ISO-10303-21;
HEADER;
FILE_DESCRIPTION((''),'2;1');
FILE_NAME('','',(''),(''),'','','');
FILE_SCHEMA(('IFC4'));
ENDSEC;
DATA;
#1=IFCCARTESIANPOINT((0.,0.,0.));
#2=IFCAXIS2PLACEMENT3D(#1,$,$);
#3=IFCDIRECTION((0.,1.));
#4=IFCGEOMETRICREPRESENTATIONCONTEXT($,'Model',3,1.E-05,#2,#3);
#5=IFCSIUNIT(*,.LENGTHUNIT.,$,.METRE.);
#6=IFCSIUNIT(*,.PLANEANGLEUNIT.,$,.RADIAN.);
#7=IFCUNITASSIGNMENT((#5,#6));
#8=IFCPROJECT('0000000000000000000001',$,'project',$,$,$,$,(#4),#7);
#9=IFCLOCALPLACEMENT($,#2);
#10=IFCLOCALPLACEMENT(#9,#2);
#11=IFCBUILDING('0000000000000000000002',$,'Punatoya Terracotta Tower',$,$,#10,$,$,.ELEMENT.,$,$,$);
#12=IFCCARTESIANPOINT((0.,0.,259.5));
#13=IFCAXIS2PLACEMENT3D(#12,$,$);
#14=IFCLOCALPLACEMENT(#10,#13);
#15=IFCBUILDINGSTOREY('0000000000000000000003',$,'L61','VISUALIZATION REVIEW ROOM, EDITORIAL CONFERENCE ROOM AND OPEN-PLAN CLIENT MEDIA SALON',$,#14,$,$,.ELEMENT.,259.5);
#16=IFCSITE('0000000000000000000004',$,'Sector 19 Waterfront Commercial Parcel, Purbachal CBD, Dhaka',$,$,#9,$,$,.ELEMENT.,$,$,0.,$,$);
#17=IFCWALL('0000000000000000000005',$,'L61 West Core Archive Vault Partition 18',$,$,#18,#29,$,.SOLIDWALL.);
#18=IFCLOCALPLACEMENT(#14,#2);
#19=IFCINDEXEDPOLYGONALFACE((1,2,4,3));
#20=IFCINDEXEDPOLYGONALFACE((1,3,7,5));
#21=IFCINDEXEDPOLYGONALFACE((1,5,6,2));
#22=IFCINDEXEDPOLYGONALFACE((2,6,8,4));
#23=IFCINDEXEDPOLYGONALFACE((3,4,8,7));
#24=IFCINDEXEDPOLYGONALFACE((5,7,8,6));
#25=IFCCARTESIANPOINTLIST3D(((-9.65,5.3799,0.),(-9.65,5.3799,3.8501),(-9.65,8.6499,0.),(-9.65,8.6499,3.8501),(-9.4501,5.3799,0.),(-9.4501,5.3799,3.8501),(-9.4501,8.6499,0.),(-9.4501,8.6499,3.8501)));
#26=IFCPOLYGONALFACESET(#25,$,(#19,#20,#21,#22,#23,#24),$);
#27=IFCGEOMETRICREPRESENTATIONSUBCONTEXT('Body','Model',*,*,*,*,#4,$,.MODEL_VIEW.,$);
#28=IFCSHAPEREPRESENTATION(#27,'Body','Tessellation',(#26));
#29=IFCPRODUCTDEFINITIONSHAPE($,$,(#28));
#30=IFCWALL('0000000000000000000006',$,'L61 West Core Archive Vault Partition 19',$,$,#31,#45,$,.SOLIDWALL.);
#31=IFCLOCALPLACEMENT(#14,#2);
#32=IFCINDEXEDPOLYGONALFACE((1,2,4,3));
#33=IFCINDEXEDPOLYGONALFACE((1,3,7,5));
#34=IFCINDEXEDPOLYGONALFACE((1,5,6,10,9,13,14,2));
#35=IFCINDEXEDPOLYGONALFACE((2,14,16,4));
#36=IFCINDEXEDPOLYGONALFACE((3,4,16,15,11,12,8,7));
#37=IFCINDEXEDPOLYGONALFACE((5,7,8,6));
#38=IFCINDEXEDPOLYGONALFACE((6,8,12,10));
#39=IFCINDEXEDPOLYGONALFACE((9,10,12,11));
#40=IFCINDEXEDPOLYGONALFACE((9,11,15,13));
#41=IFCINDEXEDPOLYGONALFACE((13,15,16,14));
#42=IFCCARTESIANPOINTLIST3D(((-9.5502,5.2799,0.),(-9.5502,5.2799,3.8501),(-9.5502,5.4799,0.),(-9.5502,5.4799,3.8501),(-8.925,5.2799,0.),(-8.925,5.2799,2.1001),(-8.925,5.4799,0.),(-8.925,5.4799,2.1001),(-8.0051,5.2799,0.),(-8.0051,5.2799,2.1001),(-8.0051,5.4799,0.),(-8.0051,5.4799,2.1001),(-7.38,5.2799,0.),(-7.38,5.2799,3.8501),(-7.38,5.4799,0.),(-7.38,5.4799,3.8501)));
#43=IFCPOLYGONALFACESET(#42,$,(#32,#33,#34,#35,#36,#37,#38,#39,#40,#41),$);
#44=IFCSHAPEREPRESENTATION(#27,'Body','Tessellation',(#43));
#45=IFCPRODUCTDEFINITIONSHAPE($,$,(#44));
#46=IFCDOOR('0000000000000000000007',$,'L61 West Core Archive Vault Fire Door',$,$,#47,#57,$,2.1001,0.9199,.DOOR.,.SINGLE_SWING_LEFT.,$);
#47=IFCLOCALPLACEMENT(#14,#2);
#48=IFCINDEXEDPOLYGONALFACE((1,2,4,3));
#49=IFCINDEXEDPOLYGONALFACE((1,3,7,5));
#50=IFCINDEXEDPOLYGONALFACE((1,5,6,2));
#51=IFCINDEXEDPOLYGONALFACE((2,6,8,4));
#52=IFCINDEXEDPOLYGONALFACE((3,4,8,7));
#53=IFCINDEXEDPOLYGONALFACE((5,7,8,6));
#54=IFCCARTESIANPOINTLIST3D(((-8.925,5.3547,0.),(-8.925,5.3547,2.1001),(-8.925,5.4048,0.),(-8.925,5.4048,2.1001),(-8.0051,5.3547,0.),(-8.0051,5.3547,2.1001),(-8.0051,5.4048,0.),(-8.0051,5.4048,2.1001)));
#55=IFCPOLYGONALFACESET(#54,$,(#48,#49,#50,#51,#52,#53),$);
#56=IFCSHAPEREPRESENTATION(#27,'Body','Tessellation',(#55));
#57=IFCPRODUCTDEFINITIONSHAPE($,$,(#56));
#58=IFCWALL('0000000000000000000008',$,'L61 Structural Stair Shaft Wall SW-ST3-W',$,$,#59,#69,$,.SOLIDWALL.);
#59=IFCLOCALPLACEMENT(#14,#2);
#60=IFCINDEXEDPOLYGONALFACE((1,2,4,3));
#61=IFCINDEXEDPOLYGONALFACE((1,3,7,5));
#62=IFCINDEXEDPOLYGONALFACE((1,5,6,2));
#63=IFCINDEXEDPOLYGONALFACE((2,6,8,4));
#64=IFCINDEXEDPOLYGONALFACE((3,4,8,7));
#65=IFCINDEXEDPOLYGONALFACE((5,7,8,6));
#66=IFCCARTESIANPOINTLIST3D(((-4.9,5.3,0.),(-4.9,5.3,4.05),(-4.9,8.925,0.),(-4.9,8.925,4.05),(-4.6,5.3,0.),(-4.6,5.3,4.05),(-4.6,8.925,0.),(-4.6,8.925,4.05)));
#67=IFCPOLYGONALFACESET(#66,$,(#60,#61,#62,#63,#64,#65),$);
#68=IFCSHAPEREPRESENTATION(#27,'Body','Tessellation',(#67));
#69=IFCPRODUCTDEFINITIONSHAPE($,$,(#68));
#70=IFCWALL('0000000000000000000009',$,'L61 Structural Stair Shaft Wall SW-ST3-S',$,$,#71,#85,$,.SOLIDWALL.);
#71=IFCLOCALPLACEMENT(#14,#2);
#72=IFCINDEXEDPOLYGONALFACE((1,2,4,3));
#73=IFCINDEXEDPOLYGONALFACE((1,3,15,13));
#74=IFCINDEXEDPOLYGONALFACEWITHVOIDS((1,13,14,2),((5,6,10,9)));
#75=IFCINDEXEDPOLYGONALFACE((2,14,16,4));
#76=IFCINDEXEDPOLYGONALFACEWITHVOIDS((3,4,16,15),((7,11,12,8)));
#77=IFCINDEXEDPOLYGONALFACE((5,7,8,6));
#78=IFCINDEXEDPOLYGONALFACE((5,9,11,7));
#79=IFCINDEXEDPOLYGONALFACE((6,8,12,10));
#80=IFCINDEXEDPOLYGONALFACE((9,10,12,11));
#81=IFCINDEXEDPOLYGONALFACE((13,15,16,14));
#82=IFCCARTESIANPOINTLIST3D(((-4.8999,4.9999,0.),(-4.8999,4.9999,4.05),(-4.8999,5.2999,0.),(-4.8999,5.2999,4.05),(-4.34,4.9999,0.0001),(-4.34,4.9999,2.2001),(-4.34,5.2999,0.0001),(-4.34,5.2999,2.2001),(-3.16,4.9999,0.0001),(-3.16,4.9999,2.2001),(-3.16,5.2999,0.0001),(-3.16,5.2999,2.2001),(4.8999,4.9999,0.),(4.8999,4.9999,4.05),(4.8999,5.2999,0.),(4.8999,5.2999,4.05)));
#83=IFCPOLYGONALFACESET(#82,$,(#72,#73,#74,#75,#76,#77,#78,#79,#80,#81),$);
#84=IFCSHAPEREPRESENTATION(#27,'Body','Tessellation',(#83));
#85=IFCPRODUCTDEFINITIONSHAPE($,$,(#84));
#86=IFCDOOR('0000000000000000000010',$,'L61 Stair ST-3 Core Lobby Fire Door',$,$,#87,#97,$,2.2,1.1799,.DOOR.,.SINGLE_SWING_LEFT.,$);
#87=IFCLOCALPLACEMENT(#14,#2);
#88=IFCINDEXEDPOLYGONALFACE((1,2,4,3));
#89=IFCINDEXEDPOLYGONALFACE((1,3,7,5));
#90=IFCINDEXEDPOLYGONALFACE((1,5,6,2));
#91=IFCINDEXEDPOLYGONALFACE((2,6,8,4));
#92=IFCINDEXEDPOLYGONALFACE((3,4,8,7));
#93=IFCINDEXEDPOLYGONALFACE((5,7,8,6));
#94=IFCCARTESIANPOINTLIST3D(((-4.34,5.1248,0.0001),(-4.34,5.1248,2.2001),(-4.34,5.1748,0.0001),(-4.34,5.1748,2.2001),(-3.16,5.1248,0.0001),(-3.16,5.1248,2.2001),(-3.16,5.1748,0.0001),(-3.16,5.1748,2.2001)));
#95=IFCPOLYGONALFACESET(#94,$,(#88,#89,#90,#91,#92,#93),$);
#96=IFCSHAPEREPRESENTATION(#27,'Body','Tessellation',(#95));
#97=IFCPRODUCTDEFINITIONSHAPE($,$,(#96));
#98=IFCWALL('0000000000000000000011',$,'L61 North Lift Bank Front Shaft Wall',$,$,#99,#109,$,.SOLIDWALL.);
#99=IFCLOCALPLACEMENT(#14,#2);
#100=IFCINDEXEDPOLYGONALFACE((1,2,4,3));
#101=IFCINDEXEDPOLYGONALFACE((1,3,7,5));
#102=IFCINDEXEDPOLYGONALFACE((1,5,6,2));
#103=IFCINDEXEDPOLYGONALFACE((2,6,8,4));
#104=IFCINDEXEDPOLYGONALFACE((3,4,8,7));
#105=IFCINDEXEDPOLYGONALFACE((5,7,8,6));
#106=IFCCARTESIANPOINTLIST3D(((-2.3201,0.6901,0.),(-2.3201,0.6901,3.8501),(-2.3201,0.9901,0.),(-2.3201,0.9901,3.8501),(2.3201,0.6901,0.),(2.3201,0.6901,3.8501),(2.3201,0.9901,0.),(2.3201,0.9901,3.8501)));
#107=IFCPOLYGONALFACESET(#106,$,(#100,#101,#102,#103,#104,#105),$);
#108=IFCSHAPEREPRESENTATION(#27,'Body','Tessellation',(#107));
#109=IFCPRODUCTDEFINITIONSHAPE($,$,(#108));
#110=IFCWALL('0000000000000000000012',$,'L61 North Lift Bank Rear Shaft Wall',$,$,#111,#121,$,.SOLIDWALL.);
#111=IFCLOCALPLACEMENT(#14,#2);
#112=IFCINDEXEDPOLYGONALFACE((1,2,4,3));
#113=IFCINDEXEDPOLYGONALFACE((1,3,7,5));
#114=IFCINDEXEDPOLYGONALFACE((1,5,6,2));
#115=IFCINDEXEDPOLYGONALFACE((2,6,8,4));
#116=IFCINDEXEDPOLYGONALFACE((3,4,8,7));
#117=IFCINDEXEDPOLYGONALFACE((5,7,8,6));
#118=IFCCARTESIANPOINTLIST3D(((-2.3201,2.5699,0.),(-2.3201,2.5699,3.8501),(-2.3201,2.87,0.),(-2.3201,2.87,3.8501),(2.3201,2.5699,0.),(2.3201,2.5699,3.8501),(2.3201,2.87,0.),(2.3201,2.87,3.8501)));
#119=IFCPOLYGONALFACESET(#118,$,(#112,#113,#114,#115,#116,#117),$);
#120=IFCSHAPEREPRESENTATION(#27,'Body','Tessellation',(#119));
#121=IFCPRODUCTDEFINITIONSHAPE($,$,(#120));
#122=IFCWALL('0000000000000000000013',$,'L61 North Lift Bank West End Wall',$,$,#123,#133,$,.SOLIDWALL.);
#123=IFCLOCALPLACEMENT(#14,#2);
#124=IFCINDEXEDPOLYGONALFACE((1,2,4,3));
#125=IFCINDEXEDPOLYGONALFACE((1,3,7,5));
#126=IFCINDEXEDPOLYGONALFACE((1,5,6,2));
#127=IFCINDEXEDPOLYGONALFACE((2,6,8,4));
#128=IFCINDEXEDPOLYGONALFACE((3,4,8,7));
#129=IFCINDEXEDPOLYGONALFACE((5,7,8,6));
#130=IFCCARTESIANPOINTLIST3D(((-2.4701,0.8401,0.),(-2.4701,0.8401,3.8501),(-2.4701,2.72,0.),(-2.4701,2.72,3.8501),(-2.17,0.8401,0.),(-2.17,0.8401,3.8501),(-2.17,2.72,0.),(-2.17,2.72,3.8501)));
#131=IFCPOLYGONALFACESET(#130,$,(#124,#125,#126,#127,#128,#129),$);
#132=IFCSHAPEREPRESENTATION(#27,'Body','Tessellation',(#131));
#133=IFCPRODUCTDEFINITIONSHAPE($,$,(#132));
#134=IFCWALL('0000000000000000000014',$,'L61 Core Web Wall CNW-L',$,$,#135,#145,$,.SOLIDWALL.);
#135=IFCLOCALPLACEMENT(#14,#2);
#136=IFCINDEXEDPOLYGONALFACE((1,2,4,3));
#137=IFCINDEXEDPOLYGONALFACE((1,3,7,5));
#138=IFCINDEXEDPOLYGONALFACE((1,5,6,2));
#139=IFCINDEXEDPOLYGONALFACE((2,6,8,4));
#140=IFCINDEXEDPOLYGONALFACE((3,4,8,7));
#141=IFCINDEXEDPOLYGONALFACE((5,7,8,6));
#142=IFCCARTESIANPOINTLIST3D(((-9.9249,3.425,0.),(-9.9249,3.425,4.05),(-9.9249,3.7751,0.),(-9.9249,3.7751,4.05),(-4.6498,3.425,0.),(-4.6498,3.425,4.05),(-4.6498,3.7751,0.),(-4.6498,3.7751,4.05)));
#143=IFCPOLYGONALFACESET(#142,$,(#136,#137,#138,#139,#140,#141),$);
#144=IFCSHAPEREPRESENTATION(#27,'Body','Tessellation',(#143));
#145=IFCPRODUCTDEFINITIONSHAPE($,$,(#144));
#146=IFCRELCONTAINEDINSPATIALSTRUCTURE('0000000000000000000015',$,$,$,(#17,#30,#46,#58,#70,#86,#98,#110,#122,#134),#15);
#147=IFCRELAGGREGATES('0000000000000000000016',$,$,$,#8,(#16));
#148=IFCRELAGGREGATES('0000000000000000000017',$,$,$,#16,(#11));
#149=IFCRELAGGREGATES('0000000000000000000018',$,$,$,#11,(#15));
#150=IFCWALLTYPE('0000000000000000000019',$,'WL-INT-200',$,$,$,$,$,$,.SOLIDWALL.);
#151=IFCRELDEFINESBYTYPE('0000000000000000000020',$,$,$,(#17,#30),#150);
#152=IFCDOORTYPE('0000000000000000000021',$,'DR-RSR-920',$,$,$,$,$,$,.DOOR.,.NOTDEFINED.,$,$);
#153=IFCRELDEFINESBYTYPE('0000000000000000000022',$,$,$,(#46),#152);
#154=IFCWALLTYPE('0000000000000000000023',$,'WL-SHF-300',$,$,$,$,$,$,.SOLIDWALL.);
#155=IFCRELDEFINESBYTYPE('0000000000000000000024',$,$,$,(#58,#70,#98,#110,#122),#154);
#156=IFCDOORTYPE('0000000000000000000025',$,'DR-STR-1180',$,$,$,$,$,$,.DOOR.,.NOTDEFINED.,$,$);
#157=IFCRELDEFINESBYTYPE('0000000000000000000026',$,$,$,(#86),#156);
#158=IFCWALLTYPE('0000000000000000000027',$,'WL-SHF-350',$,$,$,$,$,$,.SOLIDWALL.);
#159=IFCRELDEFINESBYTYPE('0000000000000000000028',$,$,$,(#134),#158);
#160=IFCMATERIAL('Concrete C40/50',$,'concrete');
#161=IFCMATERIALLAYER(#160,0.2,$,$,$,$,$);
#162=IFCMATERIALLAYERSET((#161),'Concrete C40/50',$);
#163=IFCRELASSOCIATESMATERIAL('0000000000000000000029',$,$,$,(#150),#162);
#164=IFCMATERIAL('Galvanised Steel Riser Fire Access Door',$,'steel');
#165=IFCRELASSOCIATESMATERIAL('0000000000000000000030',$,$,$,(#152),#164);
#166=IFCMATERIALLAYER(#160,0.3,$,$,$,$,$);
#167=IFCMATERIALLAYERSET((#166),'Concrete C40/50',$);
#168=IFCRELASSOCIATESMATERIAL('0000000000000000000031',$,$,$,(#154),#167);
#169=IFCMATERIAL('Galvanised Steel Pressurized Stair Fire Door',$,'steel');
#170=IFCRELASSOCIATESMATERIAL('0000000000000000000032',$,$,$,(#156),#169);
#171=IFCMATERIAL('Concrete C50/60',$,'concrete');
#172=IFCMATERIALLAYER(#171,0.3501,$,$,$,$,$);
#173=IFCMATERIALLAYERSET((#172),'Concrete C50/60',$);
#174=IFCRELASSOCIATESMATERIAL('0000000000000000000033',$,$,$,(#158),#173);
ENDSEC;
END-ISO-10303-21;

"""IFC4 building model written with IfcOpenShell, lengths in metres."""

from ifc_helpers import new_model, si_unit, direction, frame, frame_2d, origin, place, context, subcontext, project, spatial, rectangle, extrude, material, layer, layer_set, type_object, element, fill, save


model = new_model("IFC4")

# Units and contexts
model_context = context("Model", 3, precision=1e-05, world=origin(), true_north=direction((0.0, 1.0)))
body_context = subcontext(model_context, "Body", "Model", "MODEL_VIEW")
ifc_project = project(units=[si_unit("LENGTHUNIT", "METRE"), si_unit("PLANEANGLEUNIT", "RADIAN")], contexts=[model_context])

# Site, building, storey
site_placement = place(None, origin())
site = spatial("IfcSite", under=ifc_project, at=site_placement, Name="Sector 19 Waterfront Commercial Parcel, Purbachal CBD, Dhaka", CompositionType="ELEMENT", RefElevation=0.0)
building_placement = place(site_placement, origin())
building = spatial("IfcBuilding", under=site, at=building_placement, Name="Punatoya Terracotta Tower", CompositionType="ELEMENT")
storey_placement = place(building_placement, frame((0.0, 0.0, 259.5)))
storey = spatial("IfcBuildingStorey", under=building, at=storey_placement, Name="L61", Description="VISUALIZATION REVIEW ROOM, EDITORIAL CONFERENCE ROOM AND OPEN-PLAN CLIENT MEDIA SALON", CompositionType="ELEMENT", Elevation=259.5)

# Shared definitions
ifc_material_1 = material(Name="Concrete C50/60", Category="concrete")

# Shared definitions
ifc_material_2 = material(Name="Concrete C40/50", Category="concrete")

# Wall
ifc_layer_1 = layer(ifc_material_2, 0.2)
ifc_layer_set_1 = layer_set([ifc_layer_1], Name="Concrete C40/50")
wall_type_1 = type_object("IfcWallType", Name="WL-INT-200", PredefinedType="SOLIDWALL", material=ifc_layer_set_1)
wall_1_placement = place(storey_placement, frame((-9.55, 8.6499, 0.0), z_axis=(0.0, 0.0, 1.0), x_axis=(0.0, -1.0, 0.0)))
element("IfcWall", 1, at=wall_1_placement, inside=storey, type_object=wall_type_1, Name="L61 West Core Archive Vault Partition 18", PredefinedType="SOLIDWALL", context=body_context, shape_type="SweptSolid", body=[
    extrude(rectangle(XDim=3.27, YDim=0.2, at=frame_2d((1.635, 0.0))), origin(), (0.0, 0.0, 1.0), 3.8501),
])

# Wall, opening, door
wall_2_placement = place(storey_placement, frame((-9.55, 5.3799, 0.0), z_axis=(0.0, 0.0, 1.0), x_axis=(1.0, 0.0, 0.0)))
wall_2 = element("IfcWall", 2, at=wall_2_placement, inside=storey, type_object=wall_type_1, Name="L61 West Core Archive Vault Partition 19", PredefinedType="SOLIDWALL", context=body_context, shape_type="SweptSolid", body=[
    extrude(rectangle(XDim=2.1702, YDim=0.2, at=frame_2d((1.085, 0.0))), origin(), (0.0, 0.0, 1.0), 3.8501),
])
opening_1_placement = place(wall_2_placement, frame((0.625, 0.0, 0.0)))
opening_1 = element("IfcOpeningElement", 3, at=opening_1_placement, cuts=wall_2, PredefinedType="OPENING", context=body_context, shape_type="SweptSolid", body=[
    extrude(rectangle(XDim=0.9199, YDim=2.1001, at=frame_2d((0.46, 1.05))), frame((0.0, 0.1099, 0.0), z_axis=(0.0, -1.0, 0.0), x_axis=(1.0, 0.0, 0.0)), (0.0, 0.0, 1.0), 0.22),
])
ifc_material_3 = material(Name="Galvanised Steel Riser Fire Access Door", Category="steel")
door_type_1 = type_object("IfcDoorType", Name="DR-RSR-920", OperationType="NOTDEFINED", PredefinedType="DOOR", material=ifc_material_3)
door_1_placement = place(opening_1_placement, origin())
door_1 = element("IfcDoor", 4, at=door_1_placement, inside=storey, type_object=door_type_1, Name="L61 West Core Archive Vault Fire Door", OperationType="SINGLE_SWING_LEFT", OverallHeight=2.1001, OverallWidth=0.9199, PredefinedType="DOOR", context=body_context, shape_type="SweptSolid", body=[
    extrude(rectangle(XDim=0.9199, YDim=2.1001, at=frame_2d((0.46, 1.05))), frame((0.0, 0.0249, 0.0), z_axis=(0.0, -1.0, 0.0), x_axis=(1.0, 0.0, 0.0)), (0.0, 0.0, 1.0), 0.05),
])
fill(opening_1, door_1)

# Wall
ifc_layer_2 = layer(ifc_material_2, 0.3)
ifc_layer_set_2 = layer_set([ifc_layer_2], Name="Concrete C40/50")
wall_type_2 = type_object("IfcWallType", Name="WL-SHF-300", PredefinedType="SOLIDWALL", material=ifc_layer_set_2)
wall_3_placement = place(storey_placement, frame((-4.75, 5.3, 0.0), z_axis=(0.0, 0.0, 1.0), x_axis=(0.0, 1.0, 0.0)))
element("IfcWall", 5, at=wall_3_placement, inside=storey, type_object=wall_type_2, Name="L61 Structural Stair Shaft Wall SW-ST3-W", PredefinedType="SOLIDWALL", context=body_context, shape_type="SweptSolid", body=[
    extrude(rectangle(XDim=3.625, YDim=0.3, at=frame_2d((1.8125, 0.0))), origin(), (0.0, 0.0, 1.0), 4.05),
])

# Wall, opening, door
wall_4_placement = place(storey_placement, frame((-4.8999, 5.1499, 0.0), z_axis=(0.0, 0.0, 1.0), x_axis=(1.0, 0.0, 0.0)))
wall_4 = element("IfcWall", 6, at=wall_4_placement, inside=storey, type_object=wall_type_2, Name="L61 Structural Stair Shaft Wall SW-ST3-S", PredefinedType="SOLIDWALL", context=body_context, shape_type="SweptSolid", body=[
    extrude(rectangle(XDim=9.7998, YDim=0.3, at=frame_2d((4.8999, 0.0))), origin(), (0.0, 0.0, 1.0), 4.05),
])
opening_2_placement = place(wall_4_placement, frame((0.5601, 0.0, 0.0)))
opening_2 = element("IfcOpeningElement", 7, at=opening_2_placement, cuts=wall_4, PredefinedType="OPENING", context=body_context, shape_type="SweptSolid", body=[
    extrude(rectangle(XDim=1.1799, YDim=2.2, at=frame_2d((0.5898, 1.1001))), frame((0.0, 0.1599, 0.0), z_axis=(0.0, -1.0, 0.0), x_axis=(1.0, 0.0, 0.0)), (0.0, 0.0, 1.0), 0.3201),
])
ifc_material_4 = material(Name="Galvanised Steel Pressurized Stair Fire Door", Category="steel")
door_type_2 = type_object("IfcDoorType", Name="DR-STR-1180", OperationType="NOTDEFINED", PredefinedType="DOOR", material=ifc_material_4)
door_2_placement = place(opening_2_placement, origin())
door_2 = element("IfcDoor", 8, at=door_2_placement, inside=storey, type_object=door_type_2, Name="L61 Stair ST-3 Core Lobby Fire Door", OperationType="SINGLE_SWING_LEFT", OverallHeight=2.2, OverallWidth=1.1799, PredefinedType="DOOR", context=body_context, shape_type="SweptSolid", body=[
    extrude(rectangle(XDim=1.1799, YDim=2.2, at=frame_2d((0.5898, 1.1001))), frame((0.0, 0.0249, 0.0), z_axis=(0.0, -1.0, 0.0), x_axis=(1.0, 0.0, 0.0)), (0.0, 0.0, 1.0), 0.05),
])
fill(opening_2, door_2)

# Walls
for number, where, z_axis, x_axis, name in (
    (9, (-2.3201, 0.8401, 0.0), (0.0, 0.0, 1.0), (1.0, 0.0, 0.0), "L61 North Lift Bank Front Shaft Wall"),
    (10, (-2.3201, 2.72, 0.0), (0.0, 0.0, 1.0), (1.0, 0.0, 0.0), "L61 North Lift Bank Rear Shaft Wall"),
):
    element("IfcWall", number, at=place(storey_placement, frame(where, z_axis=z_axis, x_axis=x_axis)), inside=storey, type_object=wall_type_2, Name=name, PredefinedType="SOLIDWALL", context=body_context, shape_type="SweptSolid", body=[
        extrude(rectangle(XDim=4.6401, YDim=0.3, at=frame_2d((2.3201, 0.0))), origin(), (0.0, 0.0, 1.0), 3.8501),
    ])
wall_5_placement = place(storey_placement, frame((-2.3201, 0.8401, 0.0), z_axis=(0.0, 0.0, 1.0), x_axis=(0.0, 1.0, 0.0)))
element("IfcWall", 11, at=wall_5_placement, inside=storey, type_object=wall_type_2, Name="L61 North Lift Bank West End Wall", PredefinedType="SOLIDWALL", context=body_context, shape_type="SweptSolid", body=[
    extrude(rectangle(XDim=1.8799, YDim=0.3, at=frame_2d((0.9399, 0.0))), origin(), (0.0, 0.0, 1.0), 3.8501),
])
ifc_layer_3 = layer(ifc_material_1, 0.3501)
ifc_layer_set_3 = layer_set([ifc_layer_3], Name="Concrete C50/60")
wall_type_3 = type_object("IfcWallType", Name="WL-SHF-350", PredefinedType="SOLIDWALL", material=ifc_layer_set_3)
wall_6_placement = place(storey_placement, frame((-9.925, 3.6001, 0.0), z_axis=(0.0, 0.0, 1.0), x_axis=(1.0, 0.0, 0.0)))
element("IfcWall", 12, at=wall_6_placement, inside=storey, type_object=wall_type_3, Name="L61 Core Web Wall CNW-L", PredefinedType="SOLIDWALL", context=body_context, shape_type="SweptSolid", body=[
    extrude(rectangle(XDim=5.2751, YDim=0.3501, at=frame_2d((2.6377, 0.0))), origin(), (0.0, 0.0, 1.0), 4.05),
])

save(model, "model.ifc")
